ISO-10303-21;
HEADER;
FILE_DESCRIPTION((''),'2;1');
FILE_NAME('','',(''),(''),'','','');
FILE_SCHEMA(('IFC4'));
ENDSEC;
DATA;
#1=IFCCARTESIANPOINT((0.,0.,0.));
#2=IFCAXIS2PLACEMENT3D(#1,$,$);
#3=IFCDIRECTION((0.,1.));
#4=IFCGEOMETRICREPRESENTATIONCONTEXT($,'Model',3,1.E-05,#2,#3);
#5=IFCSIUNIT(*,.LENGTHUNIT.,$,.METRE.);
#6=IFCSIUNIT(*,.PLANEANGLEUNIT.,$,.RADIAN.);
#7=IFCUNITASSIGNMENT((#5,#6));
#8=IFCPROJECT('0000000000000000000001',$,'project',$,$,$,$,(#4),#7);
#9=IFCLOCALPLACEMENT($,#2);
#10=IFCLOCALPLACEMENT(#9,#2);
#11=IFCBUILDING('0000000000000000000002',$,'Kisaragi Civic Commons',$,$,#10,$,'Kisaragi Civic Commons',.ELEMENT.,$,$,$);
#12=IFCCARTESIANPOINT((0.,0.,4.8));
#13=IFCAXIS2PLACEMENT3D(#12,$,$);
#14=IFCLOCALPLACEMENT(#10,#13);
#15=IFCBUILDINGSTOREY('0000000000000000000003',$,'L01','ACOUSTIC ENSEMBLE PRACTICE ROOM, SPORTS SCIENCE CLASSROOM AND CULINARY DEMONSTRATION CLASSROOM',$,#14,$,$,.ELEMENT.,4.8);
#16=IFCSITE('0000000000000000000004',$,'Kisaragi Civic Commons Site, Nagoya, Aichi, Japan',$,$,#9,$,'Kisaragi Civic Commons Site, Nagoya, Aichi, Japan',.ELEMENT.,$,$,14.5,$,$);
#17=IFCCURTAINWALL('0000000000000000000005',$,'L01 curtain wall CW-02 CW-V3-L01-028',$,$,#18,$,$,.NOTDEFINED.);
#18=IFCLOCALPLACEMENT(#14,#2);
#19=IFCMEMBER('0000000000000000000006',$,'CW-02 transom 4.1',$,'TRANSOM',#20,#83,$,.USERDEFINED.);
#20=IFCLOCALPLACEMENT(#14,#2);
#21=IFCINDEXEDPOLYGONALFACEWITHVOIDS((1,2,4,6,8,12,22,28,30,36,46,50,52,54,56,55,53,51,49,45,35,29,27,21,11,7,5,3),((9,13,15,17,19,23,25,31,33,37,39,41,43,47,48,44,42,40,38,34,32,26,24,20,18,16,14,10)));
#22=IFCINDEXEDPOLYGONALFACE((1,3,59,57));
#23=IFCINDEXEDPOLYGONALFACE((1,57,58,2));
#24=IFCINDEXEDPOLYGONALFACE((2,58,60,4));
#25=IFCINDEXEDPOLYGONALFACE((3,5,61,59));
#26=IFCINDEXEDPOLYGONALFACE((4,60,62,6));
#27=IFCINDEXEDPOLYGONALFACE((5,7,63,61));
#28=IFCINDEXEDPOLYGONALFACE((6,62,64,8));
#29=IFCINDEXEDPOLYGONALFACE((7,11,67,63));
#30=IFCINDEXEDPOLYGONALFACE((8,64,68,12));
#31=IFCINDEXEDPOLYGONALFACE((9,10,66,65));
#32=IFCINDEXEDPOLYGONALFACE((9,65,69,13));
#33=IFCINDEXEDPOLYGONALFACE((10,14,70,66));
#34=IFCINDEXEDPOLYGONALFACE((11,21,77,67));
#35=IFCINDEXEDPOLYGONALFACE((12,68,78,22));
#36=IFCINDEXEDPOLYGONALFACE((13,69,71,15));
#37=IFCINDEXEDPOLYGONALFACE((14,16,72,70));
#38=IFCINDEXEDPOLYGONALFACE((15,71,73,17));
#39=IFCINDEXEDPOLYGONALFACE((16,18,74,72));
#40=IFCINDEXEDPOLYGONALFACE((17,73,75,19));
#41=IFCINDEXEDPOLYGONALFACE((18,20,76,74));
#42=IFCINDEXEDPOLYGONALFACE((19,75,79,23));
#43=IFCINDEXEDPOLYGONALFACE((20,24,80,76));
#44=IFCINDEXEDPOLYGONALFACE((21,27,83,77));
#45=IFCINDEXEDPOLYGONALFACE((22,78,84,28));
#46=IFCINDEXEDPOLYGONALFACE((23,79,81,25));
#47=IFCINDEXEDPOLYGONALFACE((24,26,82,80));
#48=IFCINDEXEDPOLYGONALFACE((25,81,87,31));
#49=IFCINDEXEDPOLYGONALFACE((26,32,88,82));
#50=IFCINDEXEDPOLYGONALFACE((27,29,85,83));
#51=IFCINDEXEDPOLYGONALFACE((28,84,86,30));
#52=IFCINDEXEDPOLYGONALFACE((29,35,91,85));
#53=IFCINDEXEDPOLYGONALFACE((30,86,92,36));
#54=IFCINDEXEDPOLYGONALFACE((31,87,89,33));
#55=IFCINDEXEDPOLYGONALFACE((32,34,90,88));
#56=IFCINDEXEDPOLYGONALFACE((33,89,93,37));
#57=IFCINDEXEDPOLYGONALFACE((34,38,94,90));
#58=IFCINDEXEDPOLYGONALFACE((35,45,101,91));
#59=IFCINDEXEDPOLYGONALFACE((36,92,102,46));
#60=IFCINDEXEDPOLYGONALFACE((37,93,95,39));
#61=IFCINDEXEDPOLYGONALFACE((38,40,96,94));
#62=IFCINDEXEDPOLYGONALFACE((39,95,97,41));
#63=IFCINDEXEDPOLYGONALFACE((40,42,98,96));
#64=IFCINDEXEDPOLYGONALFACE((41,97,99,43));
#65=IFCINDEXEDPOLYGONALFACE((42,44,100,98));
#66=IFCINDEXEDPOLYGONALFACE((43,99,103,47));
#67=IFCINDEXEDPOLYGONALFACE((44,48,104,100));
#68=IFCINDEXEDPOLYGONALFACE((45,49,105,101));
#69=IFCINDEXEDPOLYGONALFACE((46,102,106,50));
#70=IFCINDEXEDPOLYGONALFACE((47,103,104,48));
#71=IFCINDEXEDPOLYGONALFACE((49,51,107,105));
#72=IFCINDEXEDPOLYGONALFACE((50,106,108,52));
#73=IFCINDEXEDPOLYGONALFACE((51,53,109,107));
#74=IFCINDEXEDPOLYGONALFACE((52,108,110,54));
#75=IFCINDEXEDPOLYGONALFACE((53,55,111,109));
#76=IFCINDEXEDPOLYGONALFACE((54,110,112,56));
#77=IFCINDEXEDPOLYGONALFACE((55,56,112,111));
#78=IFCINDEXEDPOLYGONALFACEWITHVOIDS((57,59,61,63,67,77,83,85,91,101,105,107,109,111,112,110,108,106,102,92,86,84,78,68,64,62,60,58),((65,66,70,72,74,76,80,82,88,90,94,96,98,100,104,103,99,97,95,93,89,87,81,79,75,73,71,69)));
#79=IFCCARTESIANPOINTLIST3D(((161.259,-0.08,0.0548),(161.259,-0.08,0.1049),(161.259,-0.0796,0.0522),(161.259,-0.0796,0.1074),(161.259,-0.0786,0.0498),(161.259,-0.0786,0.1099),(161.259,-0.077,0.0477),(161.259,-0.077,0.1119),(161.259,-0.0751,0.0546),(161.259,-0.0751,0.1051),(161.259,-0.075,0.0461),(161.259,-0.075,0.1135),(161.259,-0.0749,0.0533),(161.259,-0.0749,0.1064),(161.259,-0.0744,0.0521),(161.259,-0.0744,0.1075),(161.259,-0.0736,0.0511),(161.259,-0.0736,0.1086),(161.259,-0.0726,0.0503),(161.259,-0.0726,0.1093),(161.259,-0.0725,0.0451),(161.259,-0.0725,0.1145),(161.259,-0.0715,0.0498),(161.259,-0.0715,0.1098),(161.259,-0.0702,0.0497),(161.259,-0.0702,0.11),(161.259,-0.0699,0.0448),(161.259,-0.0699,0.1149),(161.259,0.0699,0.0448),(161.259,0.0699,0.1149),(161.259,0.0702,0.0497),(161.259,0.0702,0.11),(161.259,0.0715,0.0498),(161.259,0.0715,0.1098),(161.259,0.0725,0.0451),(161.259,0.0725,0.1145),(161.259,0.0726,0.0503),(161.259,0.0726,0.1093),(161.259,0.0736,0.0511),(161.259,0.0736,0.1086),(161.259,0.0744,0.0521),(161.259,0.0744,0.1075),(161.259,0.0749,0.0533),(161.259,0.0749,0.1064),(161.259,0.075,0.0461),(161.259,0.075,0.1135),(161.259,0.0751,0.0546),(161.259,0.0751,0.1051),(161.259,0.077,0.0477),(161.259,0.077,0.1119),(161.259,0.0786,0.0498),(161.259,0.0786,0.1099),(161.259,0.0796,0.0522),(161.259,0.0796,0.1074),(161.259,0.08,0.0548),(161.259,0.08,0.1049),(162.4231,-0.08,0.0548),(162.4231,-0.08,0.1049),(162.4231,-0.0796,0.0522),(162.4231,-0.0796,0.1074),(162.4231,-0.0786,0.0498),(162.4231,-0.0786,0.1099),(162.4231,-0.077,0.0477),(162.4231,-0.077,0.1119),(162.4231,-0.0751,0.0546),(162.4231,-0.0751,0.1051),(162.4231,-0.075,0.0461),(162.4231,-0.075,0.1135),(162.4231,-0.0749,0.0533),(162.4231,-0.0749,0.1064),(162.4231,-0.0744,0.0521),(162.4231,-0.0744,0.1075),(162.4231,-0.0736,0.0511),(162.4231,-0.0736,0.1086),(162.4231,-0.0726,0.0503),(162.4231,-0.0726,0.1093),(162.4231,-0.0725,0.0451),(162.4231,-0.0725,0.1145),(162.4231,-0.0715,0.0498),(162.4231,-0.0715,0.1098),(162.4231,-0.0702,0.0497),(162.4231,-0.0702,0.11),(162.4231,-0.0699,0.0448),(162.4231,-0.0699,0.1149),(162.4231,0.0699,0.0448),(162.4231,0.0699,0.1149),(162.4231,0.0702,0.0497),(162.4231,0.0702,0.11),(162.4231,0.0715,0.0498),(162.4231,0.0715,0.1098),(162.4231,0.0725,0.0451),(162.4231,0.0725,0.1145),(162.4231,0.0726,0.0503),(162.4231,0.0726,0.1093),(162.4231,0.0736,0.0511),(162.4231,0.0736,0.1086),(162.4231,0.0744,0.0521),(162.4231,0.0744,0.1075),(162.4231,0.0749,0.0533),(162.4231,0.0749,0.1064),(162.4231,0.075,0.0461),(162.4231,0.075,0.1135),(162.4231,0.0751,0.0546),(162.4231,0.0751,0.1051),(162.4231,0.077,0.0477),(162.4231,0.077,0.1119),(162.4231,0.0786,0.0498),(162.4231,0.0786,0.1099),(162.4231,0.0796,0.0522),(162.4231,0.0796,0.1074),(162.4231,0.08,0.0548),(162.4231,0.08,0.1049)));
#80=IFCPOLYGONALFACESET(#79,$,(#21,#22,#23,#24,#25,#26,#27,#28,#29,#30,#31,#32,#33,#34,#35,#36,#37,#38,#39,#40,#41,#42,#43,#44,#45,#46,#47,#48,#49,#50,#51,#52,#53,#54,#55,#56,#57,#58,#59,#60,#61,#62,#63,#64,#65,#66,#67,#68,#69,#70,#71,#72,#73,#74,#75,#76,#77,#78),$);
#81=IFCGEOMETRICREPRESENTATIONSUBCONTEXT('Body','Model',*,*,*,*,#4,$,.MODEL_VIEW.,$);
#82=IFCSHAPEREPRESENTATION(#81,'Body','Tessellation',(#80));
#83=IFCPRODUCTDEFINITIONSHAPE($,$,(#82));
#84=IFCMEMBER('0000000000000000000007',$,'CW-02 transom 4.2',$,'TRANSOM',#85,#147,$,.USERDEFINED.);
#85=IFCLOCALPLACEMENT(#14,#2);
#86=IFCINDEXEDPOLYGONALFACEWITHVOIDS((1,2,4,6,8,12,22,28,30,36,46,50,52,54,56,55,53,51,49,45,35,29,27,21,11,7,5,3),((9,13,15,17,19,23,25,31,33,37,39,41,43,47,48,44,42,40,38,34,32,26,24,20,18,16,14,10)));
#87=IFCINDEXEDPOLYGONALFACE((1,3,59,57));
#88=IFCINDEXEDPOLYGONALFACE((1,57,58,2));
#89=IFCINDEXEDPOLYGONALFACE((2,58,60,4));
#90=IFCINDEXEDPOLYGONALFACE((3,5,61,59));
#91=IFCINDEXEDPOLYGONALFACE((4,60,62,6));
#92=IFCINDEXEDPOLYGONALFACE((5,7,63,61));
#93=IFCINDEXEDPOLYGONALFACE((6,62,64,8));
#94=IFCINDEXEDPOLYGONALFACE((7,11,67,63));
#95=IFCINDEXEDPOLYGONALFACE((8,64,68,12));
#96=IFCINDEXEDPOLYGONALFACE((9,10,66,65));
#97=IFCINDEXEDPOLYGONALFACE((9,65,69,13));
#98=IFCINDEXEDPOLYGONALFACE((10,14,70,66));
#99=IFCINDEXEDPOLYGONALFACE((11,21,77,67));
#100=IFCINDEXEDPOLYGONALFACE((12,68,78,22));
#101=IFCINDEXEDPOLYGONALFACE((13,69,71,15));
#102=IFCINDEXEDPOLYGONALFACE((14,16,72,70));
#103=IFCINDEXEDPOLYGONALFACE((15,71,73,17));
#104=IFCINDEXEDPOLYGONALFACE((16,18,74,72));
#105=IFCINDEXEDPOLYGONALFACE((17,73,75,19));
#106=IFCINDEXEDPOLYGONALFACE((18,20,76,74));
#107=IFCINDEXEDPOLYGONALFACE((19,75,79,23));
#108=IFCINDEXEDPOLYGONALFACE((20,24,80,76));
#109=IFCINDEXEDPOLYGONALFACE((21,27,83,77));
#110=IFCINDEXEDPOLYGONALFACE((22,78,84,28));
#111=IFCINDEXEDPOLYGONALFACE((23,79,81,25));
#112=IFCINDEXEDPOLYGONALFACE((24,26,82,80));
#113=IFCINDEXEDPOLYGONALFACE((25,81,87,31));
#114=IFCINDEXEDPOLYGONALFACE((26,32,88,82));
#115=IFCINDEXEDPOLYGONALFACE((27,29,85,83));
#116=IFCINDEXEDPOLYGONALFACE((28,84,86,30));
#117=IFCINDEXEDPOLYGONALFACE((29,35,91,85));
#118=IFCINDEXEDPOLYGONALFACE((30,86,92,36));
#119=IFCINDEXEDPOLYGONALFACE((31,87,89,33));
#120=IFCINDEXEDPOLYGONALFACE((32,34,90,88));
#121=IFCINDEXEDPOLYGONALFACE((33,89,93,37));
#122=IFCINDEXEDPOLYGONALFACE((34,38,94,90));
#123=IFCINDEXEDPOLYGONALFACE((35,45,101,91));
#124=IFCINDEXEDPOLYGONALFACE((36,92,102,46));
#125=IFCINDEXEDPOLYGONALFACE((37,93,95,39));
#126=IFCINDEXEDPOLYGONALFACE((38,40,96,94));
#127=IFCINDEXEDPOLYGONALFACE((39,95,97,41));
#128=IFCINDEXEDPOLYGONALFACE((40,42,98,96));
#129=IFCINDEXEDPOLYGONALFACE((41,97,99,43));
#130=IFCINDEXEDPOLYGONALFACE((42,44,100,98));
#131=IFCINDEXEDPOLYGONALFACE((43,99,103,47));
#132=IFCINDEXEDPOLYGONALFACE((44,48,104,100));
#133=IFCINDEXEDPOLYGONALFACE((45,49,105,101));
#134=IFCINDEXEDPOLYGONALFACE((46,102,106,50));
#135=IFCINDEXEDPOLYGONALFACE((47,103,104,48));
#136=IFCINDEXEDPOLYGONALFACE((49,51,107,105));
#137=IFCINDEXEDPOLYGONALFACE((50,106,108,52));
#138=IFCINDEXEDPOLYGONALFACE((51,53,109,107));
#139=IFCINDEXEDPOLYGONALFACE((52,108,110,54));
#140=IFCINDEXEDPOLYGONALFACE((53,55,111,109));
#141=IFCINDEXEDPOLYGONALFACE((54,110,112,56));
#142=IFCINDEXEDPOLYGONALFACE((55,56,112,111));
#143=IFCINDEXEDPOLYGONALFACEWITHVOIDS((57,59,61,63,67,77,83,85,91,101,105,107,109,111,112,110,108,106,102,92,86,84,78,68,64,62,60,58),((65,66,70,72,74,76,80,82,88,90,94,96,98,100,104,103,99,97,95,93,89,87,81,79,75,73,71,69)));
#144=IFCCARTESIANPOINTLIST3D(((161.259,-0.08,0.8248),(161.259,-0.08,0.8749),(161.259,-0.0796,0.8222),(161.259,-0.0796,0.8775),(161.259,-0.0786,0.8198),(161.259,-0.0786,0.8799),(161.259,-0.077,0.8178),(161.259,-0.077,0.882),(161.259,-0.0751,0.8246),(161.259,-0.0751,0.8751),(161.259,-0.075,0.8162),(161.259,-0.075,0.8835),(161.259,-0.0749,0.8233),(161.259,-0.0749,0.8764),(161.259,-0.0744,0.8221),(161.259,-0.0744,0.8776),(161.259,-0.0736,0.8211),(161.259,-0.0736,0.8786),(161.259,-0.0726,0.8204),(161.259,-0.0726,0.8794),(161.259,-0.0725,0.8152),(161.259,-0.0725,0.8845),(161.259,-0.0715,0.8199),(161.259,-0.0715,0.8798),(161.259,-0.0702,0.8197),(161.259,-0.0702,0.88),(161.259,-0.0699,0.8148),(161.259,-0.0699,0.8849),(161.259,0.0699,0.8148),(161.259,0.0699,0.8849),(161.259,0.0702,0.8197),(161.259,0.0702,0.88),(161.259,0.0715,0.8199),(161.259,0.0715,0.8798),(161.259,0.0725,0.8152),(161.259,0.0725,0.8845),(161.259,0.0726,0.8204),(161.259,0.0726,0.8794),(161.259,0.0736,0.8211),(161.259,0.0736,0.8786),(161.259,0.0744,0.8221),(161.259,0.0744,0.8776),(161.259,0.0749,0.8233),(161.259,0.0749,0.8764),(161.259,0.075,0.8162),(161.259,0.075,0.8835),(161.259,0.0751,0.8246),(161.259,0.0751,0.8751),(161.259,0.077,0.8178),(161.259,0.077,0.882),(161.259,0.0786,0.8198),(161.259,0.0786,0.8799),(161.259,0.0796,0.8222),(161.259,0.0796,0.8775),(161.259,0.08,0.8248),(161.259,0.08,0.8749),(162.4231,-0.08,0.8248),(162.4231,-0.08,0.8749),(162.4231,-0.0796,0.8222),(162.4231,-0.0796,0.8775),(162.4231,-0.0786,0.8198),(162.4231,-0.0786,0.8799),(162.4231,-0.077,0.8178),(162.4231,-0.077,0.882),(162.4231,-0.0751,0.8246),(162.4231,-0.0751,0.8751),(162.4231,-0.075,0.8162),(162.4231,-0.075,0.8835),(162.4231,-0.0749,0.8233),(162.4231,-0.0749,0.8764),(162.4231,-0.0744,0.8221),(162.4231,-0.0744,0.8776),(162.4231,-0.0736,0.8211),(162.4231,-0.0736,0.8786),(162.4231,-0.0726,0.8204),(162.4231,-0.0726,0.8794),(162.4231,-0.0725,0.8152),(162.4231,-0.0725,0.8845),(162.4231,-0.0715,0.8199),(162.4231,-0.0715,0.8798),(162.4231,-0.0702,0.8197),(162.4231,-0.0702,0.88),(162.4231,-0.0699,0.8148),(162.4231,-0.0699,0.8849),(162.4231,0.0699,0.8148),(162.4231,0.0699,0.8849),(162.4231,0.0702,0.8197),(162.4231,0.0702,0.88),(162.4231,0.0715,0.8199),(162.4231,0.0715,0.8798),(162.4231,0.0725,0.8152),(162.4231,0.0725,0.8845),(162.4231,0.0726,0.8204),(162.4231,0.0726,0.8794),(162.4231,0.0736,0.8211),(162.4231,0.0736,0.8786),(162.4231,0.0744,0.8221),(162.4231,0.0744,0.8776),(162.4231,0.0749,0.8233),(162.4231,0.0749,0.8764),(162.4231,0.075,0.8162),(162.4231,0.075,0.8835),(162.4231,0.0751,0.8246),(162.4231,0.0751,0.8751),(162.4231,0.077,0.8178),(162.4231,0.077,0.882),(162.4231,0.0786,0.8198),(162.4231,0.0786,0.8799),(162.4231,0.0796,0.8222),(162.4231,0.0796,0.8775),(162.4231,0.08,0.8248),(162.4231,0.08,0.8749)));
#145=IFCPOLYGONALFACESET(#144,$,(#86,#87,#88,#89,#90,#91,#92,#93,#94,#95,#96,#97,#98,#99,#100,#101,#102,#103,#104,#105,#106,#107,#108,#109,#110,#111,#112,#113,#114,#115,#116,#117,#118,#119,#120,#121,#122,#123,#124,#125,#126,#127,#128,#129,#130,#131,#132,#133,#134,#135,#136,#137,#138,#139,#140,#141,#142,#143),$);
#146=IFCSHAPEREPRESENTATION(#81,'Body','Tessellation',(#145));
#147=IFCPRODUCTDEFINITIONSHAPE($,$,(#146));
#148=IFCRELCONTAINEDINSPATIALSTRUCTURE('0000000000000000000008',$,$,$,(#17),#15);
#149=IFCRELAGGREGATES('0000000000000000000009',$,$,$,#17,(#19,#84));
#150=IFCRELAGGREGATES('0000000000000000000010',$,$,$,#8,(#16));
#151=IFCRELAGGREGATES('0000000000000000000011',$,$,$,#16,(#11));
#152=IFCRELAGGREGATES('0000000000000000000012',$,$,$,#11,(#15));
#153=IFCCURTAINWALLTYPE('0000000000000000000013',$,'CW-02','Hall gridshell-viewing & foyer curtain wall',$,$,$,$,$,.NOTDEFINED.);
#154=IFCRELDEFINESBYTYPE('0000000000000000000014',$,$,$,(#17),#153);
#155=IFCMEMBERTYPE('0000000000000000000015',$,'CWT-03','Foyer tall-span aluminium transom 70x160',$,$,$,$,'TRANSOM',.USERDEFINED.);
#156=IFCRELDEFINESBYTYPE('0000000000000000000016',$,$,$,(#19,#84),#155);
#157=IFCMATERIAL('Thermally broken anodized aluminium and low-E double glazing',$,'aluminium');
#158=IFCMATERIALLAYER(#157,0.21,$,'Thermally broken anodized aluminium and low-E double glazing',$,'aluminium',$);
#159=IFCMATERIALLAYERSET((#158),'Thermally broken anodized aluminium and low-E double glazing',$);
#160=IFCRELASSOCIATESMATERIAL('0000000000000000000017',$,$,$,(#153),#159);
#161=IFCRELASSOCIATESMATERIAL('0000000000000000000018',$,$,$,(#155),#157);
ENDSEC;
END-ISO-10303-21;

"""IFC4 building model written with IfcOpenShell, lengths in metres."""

from ifc_helpers import new_model, si_unit, direction, frame, origin, origin_2d, place, context, subcontext, project, spatial, hollow_rectangle, extrude, material, layer, layer_set, material_profile, profile_set, type_object, element, aggregate, save


model = new_model("IFC4")

# Units and contexts
model_context = context("Model", 3, precision=1e-05, world=origin(), true_north=direction((0.0, 1.0)))
body_context = subcontext(model_context, "Body", "Model", "MODEL_VIEW")
ifc_project = project(units=[si_unit("LENGTHUNIT", "METRE"), si_unit("PLANEANGLEUNIT", "RADIAN")], contexts=[model_context])

# Site, building, storey
site_placement = place(None, origin())
site = spatial("IfcSite", under=ifc_project, at=site_placement, Name="Kisaragi Civic Commons Site, Nagoya, Aichi, Japan", LongName="Kisaragi Civic Commons Site, Nagoya, Aichi, Japan", CompositionType="ELEMENT", RefElevation=14.5)
building_placement = place(site_placement, origin())
building = spatial("IfcBuilding", under=site, at=building_placement, Name="Kisaragi Civic Commons", LongName="Kisaragi Civic Commons", CompositionType="ELEMENT")
storey_placement = place(building_placement, frame((0.0, 0.0, 4.8)))
storey = spatial("IfcBuildingStorey", under=building, at=storey_placement, Name="L01", Description="ACOUSTIC ENSEMBLE PRACTICE ROOM, SPORTS SCIENCE CLASSROOM AND CULINARY DEMONSTRATION CLASSROOM", CompositionType="ELEMENT", Elevation=4.8)

# Curtain wall, members
ifc_material_1 = material(Name="Thermally broken anodized aluminium and low-E double glazing", Category="aluminium")
ifc_layer_1 = layer(ifc_material_1, 0.21, Name="Thermally broken anodized aluminium and low-E double glazing", Category="aluminium")
ifc_layer_set_1 = layer_set([ifc_layer_1], Name="Thermally broken anodized aluminium and low-E double glazing")
curtain_wall_type = type_object("IfcCurtainWallType", Name="CW-02", Description="Hall gridshell-viewing & foyer curtain wall", PredefinedType="NOTDEFINED", material=ifc_layer_set_1)
curtain_wall_placement = place(storey_placement, origin())
curtain_wall = element("IfcCurtainWall", 1, at=curtain_wall_placement, inside=storey, type_object=curtain_wall_type, Name="L01 curtain wall CW-02 CW-V3-L01-028", PredefinedType="NOTDEFINED")
ifc_material_profile_1 = material_profile(ifc_material_1, hollow_rectangle(XDim=0.1599, YDim=0.0701, WallThickness=0.0049, InnerFilletRadius=0.0049, OuterFilletRadius=0.01, at=origin_2d()), Name="CWT-70x160x5", Category="aluminium")
ifc_profile_set_1 = profile_set([ifc_material_profile_1], Name="Thermally broken anodized aluminium and low-E double glazing")
member_type_1 = type_object("IfcMemberType", Name="CWT-03", Description="Foyer tall-span aluminium transom 70x160", ElementType="TRANSOM", PredefinedType="USERDEFINED", material=ifc_profile_set_1)
member_1_placement = place(storey_placement, frame((162.4231, 0.0, 0.0798), z_axis=(-1.0, 0.0, 0.0), x_axis=(0.0, -1.0, 0.0)))
member_1 = element("IfcMember", 2, at=member_1_placement, type_object=member_type_1, Name="CW-02 transom 4.1", ObjectType="TRANSOM", PredefinedType="USERDEFINED", context=body_context, shape_type="SweptSolid", body=[
    extrude(hollow_rectangle(XDim=0.1599, YDim=0.0701, WallThickness=0.0049, InnerFilletRadius=0.0049, OuterFilletRadius=0.01, at=origin_2d()), origin(), (0.0, 0.0, 1.0), 1.1641),
])
member_2_placement = place(storey_placement, frame((162.4231, 0.0, 0.8499), z_axis=(-1.0, 0.0, 0.0), x_axis=(0.0, -1.0, 0.0)))
member_2 = element("IfcMember", 3, at=member_2_placement, type_object=member_type_1, Name="CW-02 transom 4.2", ObjectType="TRANSOM", PredefinedType="USERDEFINED", context=body_context, shape_type="SweptSolid", body=[
    extrude(hollow_rectangle(XDim=0.1599, YDim=0.0701, WallThickness=0.0049, InnerFilletRadius=0.0049, OuterFilletRadius=0.01, at=origin_2d()), origin(), (0.0, 0.0, 1.0), 1.1641),
])
aggregate(curtain_wall, [member_1, member_2])

save(model, "model.ifc")
